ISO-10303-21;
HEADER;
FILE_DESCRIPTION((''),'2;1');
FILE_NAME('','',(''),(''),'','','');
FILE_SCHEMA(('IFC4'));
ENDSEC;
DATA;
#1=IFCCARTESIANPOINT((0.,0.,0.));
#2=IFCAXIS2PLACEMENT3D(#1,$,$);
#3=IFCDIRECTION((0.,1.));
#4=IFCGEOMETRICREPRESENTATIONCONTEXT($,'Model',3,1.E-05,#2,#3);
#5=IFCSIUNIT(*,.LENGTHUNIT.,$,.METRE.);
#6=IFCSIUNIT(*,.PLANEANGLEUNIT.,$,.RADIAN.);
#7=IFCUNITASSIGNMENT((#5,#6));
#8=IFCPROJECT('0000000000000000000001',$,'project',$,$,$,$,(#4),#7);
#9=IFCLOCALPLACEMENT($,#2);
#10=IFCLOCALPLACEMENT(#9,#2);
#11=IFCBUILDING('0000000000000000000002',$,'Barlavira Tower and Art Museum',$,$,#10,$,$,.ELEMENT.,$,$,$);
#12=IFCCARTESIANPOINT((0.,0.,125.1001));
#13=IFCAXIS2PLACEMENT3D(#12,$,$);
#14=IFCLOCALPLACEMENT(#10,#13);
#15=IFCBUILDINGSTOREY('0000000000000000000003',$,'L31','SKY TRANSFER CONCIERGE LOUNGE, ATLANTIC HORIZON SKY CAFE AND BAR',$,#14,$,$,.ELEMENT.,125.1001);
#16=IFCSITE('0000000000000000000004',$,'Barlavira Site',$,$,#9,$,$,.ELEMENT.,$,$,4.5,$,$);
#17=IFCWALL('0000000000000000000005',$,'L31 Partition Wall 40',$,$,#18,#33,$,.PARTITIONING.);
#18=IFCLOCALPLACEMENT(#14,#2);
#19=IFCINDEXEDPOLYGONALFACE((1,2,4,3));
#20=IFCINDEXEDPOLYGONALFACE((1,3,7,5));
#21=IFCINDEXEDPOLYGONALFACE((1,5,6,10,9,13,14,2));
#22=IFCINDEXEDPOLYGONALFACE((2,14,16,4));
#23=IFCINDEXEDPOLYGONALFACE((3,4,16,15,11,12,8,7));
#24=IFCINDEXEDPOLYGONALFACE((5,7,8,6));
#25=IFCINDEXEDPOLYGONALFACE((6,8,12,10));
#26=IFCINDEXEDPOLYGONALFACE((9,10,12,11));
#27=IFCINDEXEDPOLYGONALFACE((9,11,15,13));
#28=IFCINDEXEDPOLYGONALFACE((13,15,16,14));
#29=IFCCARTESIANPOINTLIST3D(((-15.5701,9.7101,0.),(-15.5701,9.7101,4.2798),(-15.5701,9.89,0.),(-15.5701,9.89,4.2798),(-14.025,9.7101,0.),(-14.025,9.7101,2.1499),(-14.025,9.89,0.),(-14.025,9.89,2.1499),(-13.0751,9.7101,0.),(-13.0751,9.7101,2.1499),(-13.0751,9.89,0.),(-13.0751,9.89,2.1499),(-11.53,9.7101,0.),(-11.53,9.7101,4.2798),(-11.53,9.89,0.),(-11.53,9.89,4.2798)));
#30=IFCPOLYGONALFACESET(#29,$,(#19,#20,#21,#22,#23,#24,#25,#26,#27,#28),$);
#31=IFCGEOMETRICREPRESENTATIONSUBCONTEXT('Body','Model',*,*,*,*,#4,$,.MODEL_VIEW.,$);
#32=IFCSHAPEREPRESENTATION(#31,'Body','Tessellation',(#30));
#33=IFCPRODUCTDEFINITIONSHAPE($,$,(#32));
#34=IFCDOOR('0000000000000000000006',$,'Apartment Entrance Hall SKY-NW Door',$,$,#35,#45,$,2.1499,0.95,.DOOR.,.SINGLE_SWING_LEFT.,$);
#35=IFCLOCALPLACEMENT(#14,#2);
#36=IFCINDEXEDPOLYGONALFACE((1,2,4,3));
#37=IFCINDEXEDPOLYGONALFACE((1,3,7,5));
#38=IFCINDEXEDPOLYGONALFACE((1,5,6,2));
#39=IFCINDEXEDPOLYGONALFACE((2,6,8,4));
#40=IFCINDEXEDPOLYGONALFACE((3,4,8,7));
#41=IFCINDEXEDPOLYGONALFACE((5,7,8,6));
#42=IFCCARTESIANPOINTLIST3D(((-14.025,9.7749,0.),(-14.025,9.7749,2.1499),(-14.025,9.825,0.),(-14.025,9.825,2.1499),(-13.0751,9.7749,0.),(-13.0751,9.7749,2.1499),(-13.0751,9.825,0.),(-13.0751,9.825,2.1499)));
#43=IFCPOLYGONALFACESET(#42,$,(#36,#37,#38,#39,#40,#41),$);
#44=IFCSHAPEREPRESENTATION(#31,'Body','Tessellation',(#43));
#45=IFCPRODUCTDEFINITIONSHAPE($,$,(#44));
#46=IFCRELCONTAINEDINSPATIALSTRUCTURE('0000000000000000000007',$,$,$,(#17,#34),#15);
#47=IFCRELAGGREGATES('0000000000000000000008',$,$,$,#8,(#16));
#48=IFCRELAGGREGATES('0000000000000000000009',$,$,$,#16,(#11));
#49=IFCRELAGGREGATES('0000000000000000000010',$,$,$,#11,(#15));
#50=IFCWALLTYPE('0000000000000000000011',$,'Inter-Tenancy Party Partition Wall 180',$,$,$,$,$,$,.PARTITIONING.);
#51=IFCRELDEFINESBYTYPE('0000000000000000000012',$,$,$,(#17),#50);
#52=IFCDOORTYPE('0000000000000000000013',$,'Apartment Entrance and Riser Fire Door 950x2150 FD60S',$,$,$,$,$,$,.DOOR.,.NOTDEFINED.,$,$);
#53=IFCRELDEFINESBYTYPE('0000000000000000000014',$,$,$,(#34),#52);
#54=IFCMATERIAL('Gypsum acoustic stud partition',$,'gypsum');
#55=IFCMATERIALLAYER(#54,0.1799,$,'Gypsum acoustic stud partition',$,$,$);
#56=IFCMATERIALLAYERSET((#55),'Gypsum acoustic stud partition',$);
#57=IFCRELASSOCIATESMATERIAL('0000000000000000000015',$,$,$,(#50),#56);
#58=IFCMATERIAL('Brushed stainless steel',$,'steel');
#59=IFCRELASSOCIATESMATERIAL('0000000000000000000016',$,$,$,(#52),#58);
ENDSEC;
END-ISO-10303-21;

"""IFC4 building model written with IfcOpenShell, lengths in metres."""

from ifc_helpers import new_model, si_unit, direction, frame, frame_2d, origin, place, context, subcontext, project, spatial, rectangle, extrude, material, layer, layer_set, type_object, element, fill, save


model = new_model("IFC4")

# Units and contexts
model_context = context("Model", 3, precision=1e-05, world=origin(), true_north=direction((0.0, 1.0)))
body_context = subcontext(model_context, "Body", "Model", "MODEL_VIEW")
ifc_project = project(units=[si_unit("LENGTHUNIT", "METRE"), si_unit("PLANEANGLEUNIT", "RADIAN")], contexts=[model_context])

# Site, building, storey
site_placement = place(None, origin())
site = spatial("IfcSite", under=ifc_project, at=site_placement, Name="Barlavira Site", CompositionType="ELEMENT", RefElevation=4.5)
building_placement = place(site_placement, origin())
building = spatial("IfcBuilding", under=site, at=building_placement, Name="Barlavira Tower and Art Museum", CompositionType="ELEMENT")
storey_placement = place(building_placement, frame((0.0, 0.0, 125.1001)))
storey = spatial("IfcBuildingStorey", under=building, at=storey_placement, Name="L31", Description="SKY TRANSFER CONCIERGE LOUNGE, ATLANTIC HORIZON SKY CAFE AND BAR", CompositionType="ELEMENT", Elevation=125.1001)

# Shared definitions
ifc_material_1 = material(Name="Gypsum acoustic stud partition", Category="gypsum")

# Shared definitions
ifc_layer_1 = layer(ifc_material_1, 0.1799, Name="Gypsum acoustic stud partition")
ifc_layer_set_1 = layer_set([ifc_layer_1], Name="Gypsum acoustic stud partition")
wall_type_1 = type_object("IfcWallType", Name="Inter-Tenancy Party Partition Wall 180", PredefinedType="PARTITIONING", material=ifc_layer_set_1)

# Wall, opening, door
wall_1_placement = place(storey_placement, frame((-15.5701, 9.8, 0.0), z_axis=(0.0, 0.0, 1.0), x_axis=(1.0, 0.0, 0.0)))
wall_1 = element("IfcWall", 1, at=wall_1_placement, inside=storey, type_object=wall_type_1, Name="L31 Partition Wall 40", PredefinedType="PARTITIONING", context=body_context, shape_type="SweptSolid", body=[
    extrude(rectangle(XDim=4.04, YDim=0.1799, at=frame_2d((2.02, 0.0))), origin(), (0.0, 0.0, 1.0), 4.2798),
])
opening_1_placement = place(wall_1_placement, frame((1.5449, 0.0, 0.0)))
opening_1 = element("IfcOpeningElement", 2, at=opening_1_placement, cuts=wall_1, PredefinedType="OPENING", context=body_context, shape_type="SweptSolid", body=[
    extrude(rectangle(XDim=0.95, YDim=2.1499, at=frame_2d((0.4751, 1.075))), frame((0.0, 0.1001, 0.0), z_axis=(0.0, -1.0, 0.0), x_axis=(1.0, 0.0, 0.0)), (0.0, 0.0, 1.0), 0.2),
])
ifc_material_2 = material(Name="Brushed stainless steel", Category="steel")
door_type_1 = type_object("IfcDoorType", Name="Apartment Entrance and Riser Fire Door 950x2150 FD60S", OperationType="NOTDEFINED", PredefinedType="DOOR", material=ifc_material_2)
door_1_placement = place(opening_1_placement, origin())
door_1 = element("IfcDoor", 3, at=door_1_placement, inside=storey, type_object=door_type_1, Name="Apartment Entrance Hall SKY-NW Door", OperationType="SINGLE_SWING_LEFT", OverallHeight=2.1499, OverallWidth=0.95, PredefinedType="DOOR", context=body_context, shape_type="SweptSolid", body=[
    extrude(rectangle(XDim=0.95, YDim=2.1499, at=frame_2d((0.4751, 1.075))), frame((0.0, 0.0249, 0.0), z_axis=(0.0, -1.0, 0.0), x_axis=(1.0, 0.0, 0.0)), (0.0, 0.0, 1.0), 0.05),
])
fill(opening_1, door_1)

save(model, "model.ifc")
